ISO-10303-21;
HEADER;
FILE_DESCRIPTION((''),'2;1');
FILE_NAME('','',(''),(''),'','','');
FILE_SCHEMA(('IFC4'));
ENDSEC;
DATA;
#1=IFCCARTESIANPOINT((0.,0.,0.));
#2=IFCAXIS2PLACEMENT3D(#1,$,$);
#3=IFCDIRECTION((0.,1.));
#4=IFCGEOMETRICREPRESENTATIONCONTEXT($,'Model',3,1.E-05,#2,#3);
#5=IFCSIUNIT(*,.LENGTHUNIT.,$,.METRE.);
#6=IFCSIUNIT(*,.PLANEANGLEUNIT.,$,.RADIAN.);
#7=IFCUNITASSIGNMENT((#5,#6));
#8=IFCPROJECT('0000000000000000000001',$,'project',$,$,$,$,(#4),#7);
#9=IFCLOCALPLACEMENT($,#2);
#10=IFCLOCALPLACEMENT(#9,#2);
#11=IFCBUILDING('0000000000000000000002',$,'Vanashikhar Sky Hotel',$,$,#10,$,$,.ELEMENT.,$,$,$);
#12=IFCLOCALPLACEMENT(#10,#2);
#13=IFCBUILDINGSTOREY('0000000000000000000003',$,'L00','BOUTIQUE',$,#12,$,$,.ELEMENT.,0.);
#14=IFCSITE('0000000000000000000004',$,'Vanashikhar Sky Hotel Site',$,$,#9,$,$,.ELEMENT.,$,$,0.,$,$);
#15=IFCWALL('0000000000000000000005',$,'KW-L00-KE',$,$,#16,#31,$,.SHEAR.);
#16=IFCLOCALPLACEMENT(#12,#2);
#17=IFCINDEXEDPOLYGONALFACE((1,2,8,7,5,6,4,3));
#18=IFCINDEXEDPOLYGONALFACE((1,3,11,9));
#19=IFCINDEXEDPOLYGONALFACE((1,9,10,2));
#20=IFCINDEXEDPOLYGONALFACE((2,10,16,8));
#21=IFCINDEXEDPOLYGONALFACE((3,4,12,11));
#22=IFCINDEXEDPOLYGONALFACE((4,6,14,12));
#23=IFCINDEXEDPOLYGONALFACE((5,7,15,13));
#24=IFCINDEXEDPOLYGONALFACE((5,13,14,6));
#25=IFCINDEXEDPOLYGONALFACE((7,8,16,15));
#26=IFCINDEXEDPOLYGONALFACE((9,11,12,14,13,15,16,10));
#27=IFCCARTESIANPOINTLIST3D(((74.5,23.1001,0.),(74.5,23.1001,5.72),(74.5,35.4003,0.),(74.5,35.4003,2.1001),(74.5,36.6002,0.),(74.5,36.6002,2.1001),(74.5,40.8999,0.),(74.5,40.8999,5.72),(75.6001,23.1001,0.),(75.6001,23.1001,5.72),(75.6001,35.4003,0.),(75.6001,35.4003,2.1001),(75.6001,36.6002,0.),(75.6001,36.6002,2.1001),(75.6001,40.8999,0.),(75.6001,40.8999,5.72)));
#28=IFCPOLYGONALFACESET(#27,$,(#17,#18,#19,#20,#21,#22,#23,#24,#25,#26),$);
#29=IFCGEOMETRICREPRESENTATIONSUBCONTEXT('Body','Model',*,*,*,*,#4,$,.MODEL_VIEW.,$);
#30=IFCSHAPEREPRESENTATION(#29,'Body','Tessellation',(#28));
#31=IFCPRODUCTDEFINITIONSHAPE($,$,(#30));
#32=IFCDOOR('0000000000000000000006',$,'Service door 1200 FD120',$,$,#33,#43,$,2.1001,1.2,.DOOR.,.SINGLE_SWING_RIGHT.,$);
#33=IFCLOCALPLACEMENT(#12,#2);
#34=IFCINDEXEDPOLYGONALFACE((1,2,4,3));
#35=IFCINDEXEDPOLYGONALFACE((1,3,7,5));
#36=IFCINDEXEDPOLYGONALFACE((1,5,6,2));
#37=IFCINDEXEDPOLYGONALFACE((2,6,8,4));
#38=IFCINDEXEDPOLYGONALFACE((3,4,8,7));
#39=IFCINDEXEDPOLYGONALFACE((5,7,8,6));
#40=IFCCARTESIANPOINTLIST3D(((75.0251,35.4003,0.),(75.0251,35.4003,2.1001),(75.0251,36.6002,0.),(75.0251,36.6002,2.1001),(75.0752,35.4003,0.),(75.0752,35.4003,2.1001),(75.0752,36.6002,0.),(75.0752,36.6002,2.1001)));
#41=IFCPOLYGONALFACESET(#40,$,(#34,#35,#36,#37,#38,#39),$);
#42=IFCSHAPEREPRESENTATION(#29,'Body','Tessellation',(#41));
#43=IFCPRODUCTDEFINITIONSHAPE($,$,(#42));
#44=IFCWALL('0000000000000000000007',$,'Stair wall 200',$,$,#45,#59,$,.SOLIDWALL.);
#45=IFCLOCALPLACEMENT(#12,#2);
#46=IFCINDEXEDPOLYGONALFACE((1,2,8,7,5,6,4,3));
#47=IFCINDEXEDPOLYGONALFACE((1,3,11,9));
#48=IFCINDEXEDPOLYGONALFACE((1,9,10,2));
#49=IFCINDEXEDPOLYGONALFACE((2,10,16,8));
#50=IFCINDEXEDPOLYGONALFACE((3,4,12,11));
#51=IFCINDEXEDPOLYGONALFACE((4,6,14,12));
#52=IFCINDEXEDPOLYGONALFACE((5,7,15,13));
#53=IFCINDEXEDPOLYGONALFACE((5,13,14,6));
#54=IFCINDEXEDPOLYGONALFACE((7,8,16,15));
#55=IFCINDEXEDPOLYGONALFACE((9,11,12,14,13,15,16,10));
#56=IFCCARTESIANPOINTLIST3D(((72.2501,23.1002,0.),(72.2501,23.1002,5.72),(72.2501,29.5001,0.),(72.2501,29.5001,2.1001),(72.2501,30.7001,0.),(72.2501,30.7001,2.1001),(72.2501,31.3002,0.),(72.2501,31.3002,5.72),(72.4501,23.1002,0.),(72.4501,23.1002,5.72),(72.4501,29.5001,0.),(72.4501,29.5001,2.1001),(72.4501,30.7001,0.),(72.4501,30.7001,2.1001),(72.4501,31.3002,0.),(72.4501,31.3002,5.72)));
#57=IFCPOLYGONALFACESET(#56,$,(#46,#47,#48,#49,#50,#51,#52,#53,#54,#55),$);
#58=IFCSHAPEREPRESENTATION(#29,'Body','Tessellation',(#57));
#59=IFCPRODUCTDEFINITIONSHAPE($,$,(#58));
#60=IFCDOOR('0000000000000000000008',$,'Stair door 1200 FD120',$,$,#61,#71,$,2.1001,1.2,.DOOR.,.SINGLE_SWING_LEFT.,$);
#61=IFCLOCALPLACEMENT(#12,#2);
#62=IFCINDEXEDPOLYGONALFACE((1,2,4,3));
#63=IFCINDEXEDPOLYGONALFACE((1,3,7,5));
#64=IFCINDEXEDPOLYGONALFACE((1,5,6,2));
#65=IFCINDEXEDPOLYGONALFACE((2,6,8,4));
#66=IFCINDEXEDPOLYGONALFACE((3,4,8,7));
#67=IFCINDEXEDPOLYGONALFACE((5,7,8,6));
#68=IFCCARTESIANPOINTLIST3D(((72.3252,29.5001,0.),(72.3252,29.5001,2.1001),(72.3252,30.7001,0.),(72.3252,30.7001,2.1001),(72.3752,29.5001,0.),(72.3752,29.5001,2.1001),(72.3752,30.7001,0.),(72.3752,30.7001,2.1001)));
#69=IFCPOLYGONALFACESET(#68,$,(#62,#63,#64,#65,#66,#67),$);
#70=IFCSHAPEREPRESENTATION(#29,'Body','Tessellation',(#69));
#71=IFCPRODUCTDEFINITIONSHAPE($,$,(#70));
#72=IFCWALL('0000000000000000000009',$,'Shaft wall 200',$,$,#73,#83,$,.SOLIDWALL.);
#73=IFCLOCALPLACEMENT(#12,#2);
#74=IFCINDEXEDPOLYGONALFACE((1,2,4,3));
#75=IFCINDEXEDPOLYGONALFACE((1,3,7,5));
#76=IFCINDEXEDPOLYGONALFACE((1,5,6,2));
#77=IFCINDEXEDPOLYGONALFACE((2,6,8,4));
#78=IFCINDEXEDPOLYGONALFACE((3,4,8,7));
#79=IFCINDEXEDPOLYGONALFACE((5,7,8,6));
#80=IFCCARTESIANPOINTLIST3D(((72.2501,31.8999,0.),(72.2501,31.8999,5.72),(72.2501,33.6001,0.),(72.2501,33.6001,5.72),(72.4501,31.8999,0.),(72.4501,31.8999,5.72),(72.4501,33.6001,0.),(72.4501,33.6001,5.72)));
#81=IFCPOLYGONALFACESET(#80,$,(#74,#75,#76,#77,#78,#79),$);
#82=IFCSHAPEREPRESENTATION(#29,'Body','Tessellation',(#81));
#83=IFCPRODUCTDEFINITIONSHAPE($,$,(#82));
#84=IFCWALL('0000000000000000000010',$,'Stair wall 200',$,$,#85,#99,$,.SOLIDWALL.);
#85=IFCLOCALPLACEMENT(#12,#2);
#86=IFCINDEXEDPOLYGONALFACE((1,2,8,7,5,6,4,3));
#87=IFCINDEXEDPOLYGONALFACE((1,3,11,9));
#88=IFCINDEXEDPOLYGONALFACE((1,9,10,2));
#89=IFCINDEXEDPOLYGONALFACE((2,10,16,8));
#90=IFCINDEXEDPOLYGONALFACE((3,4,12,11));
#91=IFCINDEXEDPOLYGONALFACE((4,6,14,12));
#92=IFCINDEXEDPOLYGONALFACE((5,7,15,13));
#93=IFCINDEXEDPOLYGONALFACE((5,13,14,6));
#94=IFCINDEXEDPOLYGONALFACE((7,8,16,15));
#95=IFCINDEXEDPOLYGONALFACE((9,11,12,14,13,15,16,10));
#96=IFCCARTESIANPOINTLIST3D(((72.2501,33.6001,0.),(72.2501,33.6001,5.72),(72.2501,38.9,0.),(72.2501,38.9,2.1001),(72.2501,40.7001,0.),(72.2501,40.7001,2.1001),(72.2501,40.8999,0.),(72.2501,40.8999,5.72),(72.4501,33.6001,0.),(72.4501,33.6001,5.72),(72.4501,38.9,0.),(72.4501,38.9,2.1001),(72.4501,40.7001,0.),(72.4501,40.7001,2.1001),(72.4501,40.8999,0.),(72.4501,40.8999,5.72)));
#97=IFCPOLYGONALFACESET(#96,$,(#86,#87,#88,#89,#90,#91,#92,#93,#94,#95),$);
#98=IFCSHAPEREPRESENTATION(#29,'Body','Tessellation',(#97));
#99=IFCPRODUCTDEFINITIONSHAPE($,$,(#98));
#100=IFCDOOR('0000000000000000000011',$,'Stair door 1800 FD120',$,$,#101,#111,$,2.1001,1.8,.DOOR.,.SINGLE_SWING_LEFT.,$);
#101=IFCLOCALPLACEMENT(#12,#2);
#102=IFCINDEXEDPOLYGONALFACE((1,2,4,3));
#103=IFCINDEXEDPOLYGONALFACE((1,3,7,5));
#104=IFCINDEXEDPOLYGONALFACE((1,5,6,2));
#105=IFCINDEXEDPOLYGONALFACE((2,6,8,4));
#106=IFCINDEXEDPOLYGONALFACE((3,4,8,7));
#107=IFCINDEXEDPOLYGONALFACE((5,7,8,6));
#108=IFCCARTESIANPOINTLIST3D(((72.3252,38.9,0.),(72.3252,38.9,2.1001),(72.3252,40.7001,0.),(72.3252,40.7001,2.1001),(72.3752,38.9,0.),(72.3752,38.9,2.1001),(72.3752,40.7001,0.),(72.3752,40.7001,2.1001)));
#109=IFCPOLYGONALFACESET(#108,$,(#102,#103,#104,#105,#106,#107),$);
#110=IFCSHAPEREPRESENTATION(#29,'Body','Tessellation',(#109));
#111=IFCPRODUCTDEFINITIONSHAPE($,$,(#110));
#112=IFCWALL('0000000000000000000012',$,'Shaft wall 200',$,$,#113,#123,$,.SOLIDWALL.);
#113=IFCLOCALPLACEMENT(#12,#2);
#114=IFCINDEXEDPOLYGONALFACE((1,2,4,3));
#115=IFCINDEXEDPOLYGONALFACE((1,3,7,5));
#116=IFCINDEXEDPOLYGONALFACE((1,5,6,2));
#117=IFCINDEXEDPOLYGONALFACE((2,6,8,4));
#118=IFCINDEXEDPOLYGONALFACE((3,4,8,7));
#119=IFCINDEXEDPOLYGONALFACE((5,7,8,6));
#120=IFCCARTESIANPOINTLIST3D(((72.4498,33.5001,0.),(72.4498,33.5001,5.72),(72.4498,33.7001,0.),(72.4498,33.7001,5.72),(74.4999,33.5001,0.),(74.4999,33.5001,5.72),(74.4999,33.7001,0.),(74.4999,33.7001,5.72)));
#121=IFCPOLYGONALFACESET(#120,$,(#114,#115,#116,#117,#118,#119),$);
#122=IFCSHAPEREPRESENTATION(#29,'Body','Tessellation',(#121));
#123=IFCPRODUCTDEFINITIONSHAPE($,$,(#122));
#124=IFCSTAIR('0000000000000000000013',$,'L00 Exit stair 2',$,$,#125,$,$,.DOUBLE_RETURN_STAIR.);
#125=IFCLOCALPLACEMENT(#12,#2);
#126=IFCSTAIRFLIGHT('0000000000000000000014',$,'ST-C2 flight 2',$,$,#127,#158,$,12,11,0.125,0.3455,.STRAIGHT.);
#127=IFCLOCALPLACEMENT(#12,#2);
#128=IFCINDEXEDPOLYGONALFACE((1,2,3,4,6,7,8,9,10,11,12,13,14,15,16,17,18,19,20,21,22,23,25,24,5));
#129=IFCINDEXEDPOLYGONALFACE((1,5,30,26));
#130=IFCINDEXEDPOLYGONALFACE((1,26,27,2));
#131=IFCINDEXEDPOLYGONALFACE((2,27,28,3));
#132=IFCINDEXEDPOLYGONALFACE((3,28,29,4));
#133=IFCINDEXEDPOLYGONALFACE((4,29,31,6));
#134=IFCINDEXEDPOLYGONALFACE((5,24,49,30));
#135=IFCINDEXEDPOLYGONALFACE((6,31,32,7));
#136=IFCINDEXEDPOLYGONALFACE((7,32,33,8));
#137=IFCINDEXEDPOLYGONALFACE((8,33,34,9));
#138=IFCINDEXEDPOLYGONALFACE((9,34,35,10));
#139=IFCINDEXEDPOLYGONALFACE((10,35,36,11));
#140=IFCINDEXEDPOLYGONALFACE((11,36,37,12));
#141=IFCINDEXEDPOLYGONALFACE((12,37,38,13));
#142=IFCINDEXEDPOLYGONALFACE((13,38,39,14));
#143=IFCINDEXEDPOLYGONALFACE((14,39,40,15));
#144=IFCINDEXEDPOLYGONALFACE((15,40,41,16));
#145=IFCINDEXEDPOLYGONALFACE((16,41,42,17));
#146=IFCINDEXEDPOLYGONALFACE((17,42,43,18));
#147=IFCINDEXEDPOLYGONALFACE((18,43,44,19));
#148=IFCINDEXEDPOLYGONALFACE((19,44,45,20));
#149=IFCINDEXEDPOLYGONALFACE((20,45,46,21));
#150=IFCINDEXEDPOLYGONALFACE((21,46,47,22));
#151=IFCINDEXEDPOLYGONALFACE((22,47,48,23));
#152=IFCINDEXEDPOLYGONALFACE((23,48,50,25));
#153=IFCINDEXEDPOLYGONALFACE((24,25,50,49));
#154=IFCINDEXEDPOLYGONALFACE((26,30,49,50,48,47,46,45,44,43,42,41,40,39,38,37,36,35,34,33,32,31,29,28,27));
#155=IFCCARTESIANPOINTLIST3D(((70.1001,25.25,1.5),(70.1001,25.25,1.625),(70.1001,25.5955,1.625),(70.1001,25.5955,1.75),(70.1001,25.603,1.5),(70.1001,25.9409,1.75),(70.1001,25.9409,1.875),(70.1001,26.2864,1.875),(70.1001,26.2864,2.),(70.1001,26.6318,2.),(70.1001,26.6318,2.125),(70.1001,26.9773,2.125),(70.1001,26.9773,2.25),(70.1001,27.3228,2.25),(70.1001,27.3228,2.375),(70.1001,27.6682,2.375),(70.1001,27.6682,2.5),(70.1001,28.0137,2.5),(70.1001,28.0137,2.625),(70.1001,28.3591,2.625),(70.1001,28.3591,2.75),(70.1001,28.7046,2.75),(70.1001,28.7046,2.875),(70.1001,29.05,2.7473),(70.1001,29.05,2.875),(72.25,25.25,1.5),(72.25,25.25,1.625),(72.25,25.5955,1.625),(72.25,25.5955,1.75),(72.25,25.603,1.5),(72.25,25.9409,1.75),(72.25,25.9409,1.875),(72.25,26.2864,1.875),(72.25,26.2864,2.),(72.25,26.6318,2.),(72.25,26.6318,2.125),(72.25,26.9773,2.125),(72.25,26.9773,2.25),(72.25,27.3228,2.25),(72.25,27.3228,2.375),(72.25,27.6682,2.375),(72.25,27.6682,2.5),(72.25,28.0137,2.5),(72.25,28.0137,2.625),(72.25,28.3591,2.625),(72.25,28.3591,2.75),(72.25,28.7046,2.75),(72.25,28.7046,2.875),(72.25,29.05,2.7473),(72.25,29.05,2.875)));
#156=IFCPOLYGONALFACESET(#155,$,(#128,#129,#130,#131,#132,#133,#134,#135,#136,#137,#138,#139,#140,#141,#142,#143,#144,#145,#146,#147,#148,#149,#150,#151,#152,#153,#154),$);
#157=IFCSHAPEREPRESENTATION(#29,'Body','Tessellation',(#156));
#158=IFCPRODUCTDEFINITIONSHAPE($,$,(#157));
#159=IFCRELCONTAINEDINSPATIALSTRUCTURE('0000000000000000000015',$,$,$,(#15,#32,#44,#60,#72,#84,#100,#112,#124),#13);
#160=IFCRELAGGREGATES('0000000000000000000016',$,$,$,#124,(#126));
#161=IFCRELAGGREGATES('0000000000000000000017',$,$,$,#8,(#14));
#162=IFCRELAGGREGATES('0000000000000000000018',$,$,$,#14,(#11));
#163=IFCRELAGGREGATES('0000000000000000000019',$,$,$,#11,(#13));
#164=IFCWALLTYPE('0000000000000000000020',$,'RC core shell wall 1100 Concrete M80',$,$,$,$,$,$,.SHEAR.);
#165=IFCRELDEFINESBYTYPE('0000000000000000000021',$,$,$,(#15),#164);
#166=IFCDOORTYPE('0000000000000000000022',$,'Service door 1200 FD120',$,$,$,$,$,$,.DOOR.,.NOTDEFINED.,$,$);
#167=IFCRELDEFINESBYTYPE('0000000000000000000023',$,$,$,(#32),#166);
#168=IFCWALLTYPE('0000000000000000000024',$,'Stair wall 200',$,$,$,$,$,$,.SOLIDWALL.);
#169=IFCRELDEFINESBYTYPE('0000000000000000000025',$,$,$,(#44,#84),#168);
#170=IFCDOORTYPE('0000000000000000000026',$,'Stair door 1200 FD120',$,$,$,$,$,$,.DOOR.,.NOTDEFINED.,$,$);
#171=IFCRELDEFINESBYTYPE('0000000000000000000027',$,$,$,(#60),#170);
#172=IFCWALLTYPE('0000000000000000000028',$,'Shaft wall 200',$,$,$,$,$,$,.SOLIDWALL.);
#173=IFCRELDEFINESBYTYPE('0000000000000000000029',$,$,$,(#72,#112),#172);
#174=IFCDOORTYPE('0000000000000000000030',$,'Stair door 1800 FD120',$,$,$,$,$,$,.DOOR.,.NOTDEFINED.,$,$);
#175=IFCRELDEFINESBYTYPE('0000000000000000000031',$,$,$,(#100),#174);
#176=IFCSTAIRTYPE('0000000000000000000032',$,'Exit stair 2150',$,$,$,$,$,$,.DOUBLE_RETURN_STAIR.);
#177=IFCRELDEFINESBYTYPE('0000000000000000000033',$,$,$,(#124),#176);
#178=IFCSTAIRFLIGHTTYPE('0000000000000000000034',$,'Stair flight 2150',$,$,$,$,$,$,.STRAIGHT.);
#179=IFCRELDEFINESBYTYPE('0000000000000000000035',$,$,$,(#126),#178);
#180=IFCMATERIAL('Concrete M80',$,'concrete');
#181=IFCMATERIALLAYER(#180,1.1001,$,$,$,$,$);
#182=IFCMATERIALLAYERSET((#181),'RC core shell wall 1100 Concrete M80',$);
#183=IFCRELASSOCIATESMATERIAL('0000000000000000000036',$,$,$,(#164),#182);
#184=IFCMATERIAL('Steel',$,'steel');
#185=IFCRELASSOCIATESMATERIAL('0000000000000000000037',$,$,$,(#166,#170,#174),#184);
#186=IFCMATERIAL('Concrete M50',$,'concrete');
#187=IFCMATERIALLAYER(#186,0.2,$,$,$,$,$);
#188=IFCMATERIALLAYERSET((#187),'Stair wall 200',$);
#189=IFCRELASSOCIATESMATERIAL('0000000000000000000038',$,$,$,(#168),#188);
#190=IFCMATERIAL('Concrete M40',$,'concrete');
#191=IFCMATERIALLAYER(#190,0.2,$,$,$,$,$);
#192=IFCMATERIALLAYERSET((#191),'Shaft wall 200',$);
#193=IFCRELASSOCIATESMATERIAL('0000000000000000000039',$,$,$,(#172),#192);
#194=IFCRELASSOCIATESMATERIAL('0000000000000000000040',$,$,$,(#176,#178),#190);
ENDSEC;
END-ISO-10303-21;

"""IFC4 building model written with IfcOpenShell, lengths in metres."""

from ifc_helpers import new_model, si_unit, direction, frame, frame_2d, origin, place, context, subcontext, project, spatial, polyline, rectangle, outline, extrude, source, transform, mapped, material, layer, layer_set, type_object, element, fill, aggregate, save


model = new_model("IFC4")

# Units and contexts
model_context = context("Model", 3, precision=1e-05, world=origin(), true_north=direction((0.0, 1.0)))
body_context = subcontext(model_context, "Body", "Model", "MODEL_VIEW")
ifc_project = project(units=[si_unit("LENGTHUNIT", "METRE"), si_unit("PLANEANGLEUNIT", "RADIAN")], contexts=[model_context])

# Site, building, storey
site_placement = place(None, origin())
site = spatial("IfcSite", under=ifc_project, at=site_placement, Name="Vanashikhar Sky Hotel Site", CompositionType="ELEMENT", RefElevation=0.0)
building_placement = place(site_placement, origin())
building = spatial("IfcBuilding", under=site, at=building_placement, Name="Vanashikhar Sky Hotel", CompositionType="ELEMENT")
storey_placement = place(building_placement, origin())
storey = spatial("IfcBuildingStorey", under=building, at=storey_placement, Name="L00", Description="BOUTIQUE", CompositionType="ELEMENT", Elevation=0.0)

# Walls, openings, doors
ifc_material_1 = material(Name="Concrete M80", Category="concrete")
ifc_layer_1 = layer(ifc_material_1, 1.1001)
ifc_layer_set_1 = layer_set([ifc_layer_1], Name="RC core shell wall 1100 Concrete M80")
wall_type_1 = type_object("IfcWallType", Name="RC core shell wall 1100 Concrete M80", PredefinedType="SHEAR", material=ifc_layer_set_1)
shared_shape_1 = source(origin(), body_context, "Body", "SweptSolid", [
    extrude(rectangle(XDim=17.7998, YDim=1.1001, at=frame_2d((8.8999, 0.0))), origin(), (0.0, 0.0, 1.0), 5.72),
])
wall_1_placement = place(storey_placement, frame((75.05, 23.1001, 0.0), z_axis=(0.0, 0.0, 1.0), x_axis=(0.0, 1.0, 0.0)))
wall_1 = element("IfcWall", 1, at=wall_1_placement, inside=storey, type_object=wall_type_1, Name="KW-L00-KE", PredefinedType="SHEAR", context=body_context, shape_type="MappedRepresentation", body=[
    mapped(shared_shape_1, transform((0.0, 0.0, 0.0), scale=1.0)),
])
shared_shape_2 = source(origin(), body_context, "Body", "SweptSolid", [
    extrude(rectangle(XDim=1.2, YDim=2.1001, at=frame_2d((0.6001, 1.05))), frame((0.0, 0.5601, 0.0), z_axis=(0.0, -1.0, 0.0), x_axis=(1.0, 0.0, 0.0)), (0.0, 0.0, 1.0), 1.1201),
])
opening_1_placement = place(wall_1_placement, frame((12.3, 0.0, 0.0)))
opening_1 = element("IfcOpeningElement", 2, at=opening_1_placement, cuts=wall_1, PredefinedType="OPENING", context=body_context, shape_type="MappedRepresentation", body=[
    mapped(shared_shape_2, transform((0.0, 0.0, 0.0), scale=1.0)),
])
ifc_material_2 = material(Name="Steel", Category="steel")
door_type_1 = type_object("IfcDoorType", Name="Service door 1200 FD120", OperationType="NOTDEFINED", PredefinedType="DOOR", material=ifc_material_2)
shared_shape_3 = source(origin(), body_context, "Body", "SweptSolid", [
    extrude(rectangle(XDim=1.2, YDim=2.1001, at=frame_2d((0.6001, 1.05))), frame((0.0, 0.0249, 0.0), z_axis=(0.0, -1.0, 0.0), x_axis=(1.0, 0.0, 0.0)), (0.0, 0.0, 1.0), 0.05),
])
door_1_placement = place(opening_1_placement, origin())
door_1 = element("IfcDoor", 3, at=door_1_placement, inside=storey, type_object=door_type_1, Name="Service door 1200 FD120", OperationType="SINGLE_SWING_RIGHT", OverallHeight=2.1001, OverallWidth=1.2, PredefinedType="DOOR", context=body_context, shape_type="MappedRepresentation", body=[
    mapped(shared_shape_3, transform((0.0, 0.0, 0.0), scale=1.0)),
])
fill(opening_1, door_1)
ifc_material_3 = material(Name="Concrete M50", Category="concrete")
ifc_layer_2 = layer(ifc_material_3, 0.2)
ifc_layer_set_2 = layer_set([ifc_layer_2], Name="Stair wall 200")
wall_type_2 = type_object("IfcWallType", Name="Stair wall 200", PredefinedType="SOLIDWALL", material=ifc_layer_set_2)
shared_shape_4 = source(origin(), body_context, "Body", "SweptSolid", [
    extrude(rectangle(XDim=8.2, YDim=0.2, at=frame_2d((4.1001, 0.0))), origin(), (0.0, 0.0, 1.0), 5.72),
])
wall_2_placement = place(storey_placement, frame((72.3501, 23.1001, 0.0), z_axis=(0.0, 0.0, 1.0), x_axis=(0.0, 1.0, 0.0)))
wall_2 = element("IfcWall", 4, at=wall_2_placement, inside=storey, type_object=wall_type_2, Name="Stair wall 200", PredefinedType="SOLIDWALL", context=body_context, shape_type="MappedRepresentation", body=[
    mapped(shared_shape_4, transform((0.0, 0.0, 0.0), scale=1.0)),
])
shared_shape_5 = source(origin(), body_context, "Body", "SweptSolid", [
    extrude(rectangle(XDim=1.2, YDim=2.1001, at=frame_2d((0.6001, 1.05))), frame((0.0, 0.1099, 0.0), z_axis=(0.0, -1.0, 0.0), x_axis=(1.0, 0.0, 0.0)), (0.0, 0.0, 1.0), 0.22),
])
opening_2_placement = place(wall_2_placement, frame((6.3999, 0.0, 0.0)))
opening_2 = element("IfcOpeningElement", 5, at=opening_2_placement, cuts=wall_2, PredefinedType="OPENING", context=body_context, shape_type="MappedRepresentation", body=[
    mapped(shared_shape_5, transform((0.0, 0.0, 0.0), scale=1.0)),
])
door_type_2 = type_object("IfcDoorType", Name="Stair door 1200 FD120", OperationType="NOTDEFINED", PredefinedType="DOOR", material=ifc_material_2)
door_2_placement = place(opening_2_placement, origin())
door_2 = element("IfcDoor", 6, at=door_2_placement, inside=storey, type_object=door_type_2, Name="Stair door 1200 FD120", OperationType="SINGLE_SWING_LEFT", OverallHeight=2.1001, OverallWidth=1.2, PredefinedType="DOOR", context=body_context, shape_type="MappedRepresentation", body=[
    mapped(shared_shape_3, transform((0.0, 0.0, 0.0), scale=1.0)),
])
fill(opening_2, door_2)

# Wall
ifc_material_4 = material(Name="Concrete M40", Category="concrete")
ifc_layer_3 = layer(ifc_material_4, 0.2)
ifc_layer_set_3 = layer_set([ifc_layer_3], Name="Shaft wall 200")
wall_type_3 = type_object("IfcWallType", Name="Shaft wall 200", PredefinedType="SOLIDWALL", material=ifc_layer_set_3)
shared_shape_6 = source(origin(), body_context, "Body", "SweptSolid", [
    extrude(rectangle(XDim=1.7002, YDim=0.2, at=frame_2d((0.8501, 0.0))), origin(), (0.0, 0.0, 1.0), 5.72),
])
wall_3_placement = place(storey_placement, frame((72.3501, 31.8999, 0.0), z_axis=(0.0, 0.0, 1.0), x_axis=(0.0, 1.0, 0.0)))
element("IfcWall", 7, at=wall_3_placement, inside=storey, type_object=wall_type_3, Name="Shaft wall 200", PredefinedType="SOLIDWALL", context=body_context, shape_type="MappedRepresentation", body=[
    mapped(shared_shape_6, transform((0.0, 0.0, 0.0), scale=1.0)),
])

# Wall, opening, door
shared_shape_7 = source(origin(), body_context, "Body", "SweptSolid", [
    extrude(rectangle(XDim=7.2998, YDim=0.2, at=frame_2d((3.6499, 0.0))), origin(), (0.0, 0.0, 1.0), 5.72),
])
wall_4_placement = place(storey_placement, frame((72.3501, 33.6001, 0.0), z_axis=(0.0, 0.0, 1.0), x_axis=(0.0, 1.0, 0.0)))
wall_4 = element("IfcWall", 8, at=wall_4_placement, inside=storey, type_object=wall_type_2, Name="Stair wall 200", PredefinedType="SOLIDWALL", context=body_context, shape_type="MappedRepresentation", body=[
    mapped(shared_shape_7, transform((0.0, 0.0, 0.0), scale=1.0)),
])
shared_shape_8 = source(origin(), body_context, "Body", "SweptSolid", [
    extrude(rectangle(XDim=1.8, YDim=2.1001, at=frame_2d((0.8999, 1.05))), frame((0.0, 0.1099, 0.0), z_axis=(0.0, -1.0, 0.0), x_axis=(1.0, 0.0, 0.0)), (0.0, 0.0, 1.0), 0.22),
])
opening_3_placement = place(wall_4_placement, frame((5.3, 0.0, 0.0)))
opening_3 = element("IfcOpeningElement", 9, at=opening_3_placement, cuts=wall_4, PredefinedType="OPENING", context=body_context, shape_type="MappedRepresentation", body=[
    mapped(shared_shape_8, transform((0.0, 0.0, 0.0), scale=1.0)),
])
door_type_3 = type_object("IfcDoorType", Name="Stair door 1800 FD120", OperationType="NOTDEFINED", PredefinedType="DOOR", material=ifc_material_2)
shared_shape_9 = source(origin(), body_context, "Body", "SweptSolid", [
    extrude(rectangle(XDim=1.8, YDim=2.1001, at=frame_2d((0.8999, 1.05))), frame((0.0, 0.0249, 0.0), z_axis=(0.0, -1.0, 0.0), x_axis=(1.0, 0.0, 0.0)), (0.0, 0.0, 1.0), 0.05),
])
door_3_placement = place(opening_3_placement, origin())
door_3 = element("IfcDoor", 10, at=door_3_placement, inside=storey, type_object=door_type_3, Name="Stair door 1800 FD120", OperationType="SINGLE_SWING_LEFT", OverallHeight=2.1001, OverallWidth=1.8, PredefinedType="DOOR", context=body_context, shape_type="MappedRepresentation", body=[
    mapped(shared_shape_9, transform((0.0, 0.0, 0.0), scale=1.0)),
])
fill(opening_3, door_3)

# Wall
shared_shape_10 = source(origin(), body_context, "Body", "SweptSolid", [
    extrude(rectangle(XDim=2.05, YDim=0.2, at=frame_2d((1.0249, 0.0))), origin(), (0.0, 0.0, 1.0), 5.72),
])
wall_5_placement = place(storey_placement, frame((72.45, 33.6001, 0.0), z_axis=(0.0, 0.0, 1.0), x_axis=(1.0, 0.0, 0.0)))
element("IfcWall", 11, at=wall_5_placement, inside=storey, type_object=wall_type_3, Name="Shaft wall 200", PredefinedType="SOLIDWALL", context=body_context, shape_type="MappedRepresentation", body=[
    mapped(shared_shape_10, transform((0.0, 0.0, 0.0), scale=1.0)),
])

# Stair, stair flight
stair_type = type_object("IfcStairType", Name="Exit stair 2150", PredefinedType="DOUBLE_RETURN_STAIR", material=ifc_material_4)
stair_1_placement = place(storey_placement, origin())
stair_1 = element("IfcStair", 12, at=stair_1_placement, inside=storey, type_object=stair_type, Name="L00 Exit stair 2", PredefinedType="DOUBLE_RETURN_STAIR")
stair_flight_type = type_object("IfcStairFlightType", Name="Stair flight 2150", PredefinedType="STRAIGHT", material=ifc_material_4)
shared_shape_11 = source(origin(), body_context, "Body", "SweptSolid", [
    extrude(outline(polyline([(0.0, 0.0), (0.0, 0.125), (0.3455, 0.125), (0.3455, 0.25), (0.6909, 0.25), (0.6909, 0.375), (1.0364, 0.375), (1.0364, 0.5), (1.3818, 0.5), (1.3818, 0.625), (1.7273, 0.625), (1.7273, 0.75), (2.0728, 0.75), (2.0728, 0.875), (2.4182, 0.875), (2.4182, 1.0), (2.7637, 1.0), (2.7637, 1.125), (3.1091, 1.125), (3.1091, 1.25), (3.4546, 1.25), (3.4546, 1.375), (3.8, 1.375), (3.8, 1.5), (3.8, 1.2473), (0.353, 0.0), (0.0, 0.0)])), frame((0.0, 1.075, 0.0), z_axis=(0.0, -1.0, 0.0), x_axis=(1.0, 0.0, 0.0)), (0.0, 0.0, 1.0), 2.1499),
])
stair_flight_1_placement = place(storey_placement, frame((71.175, 25.25, 1.5), z_axis=(0.0, 0.0, 1.0), x_axis=(0.0, 1.0, 0.0)))
stair_flight_1 = element("IfcStairFlight", 13, at=stair_flight_1_placement, type_object=stair_flight_type, Name="ST-C2 flight 2", NumberOfRisers=12, NumberOfTreads=11, PredefinedType="STRAIGHT", RiserHeight=0.125, TreadLength=0.3455, context=body_context, shape_type="MappedRepresentation", body=[
    mapped(shared_shape_11, transform((0.0, 0.0, 0.0), scale=1.0)),
])
aggregate(stair_1, [stair_flight_1])

save(model, "model.ifc")
